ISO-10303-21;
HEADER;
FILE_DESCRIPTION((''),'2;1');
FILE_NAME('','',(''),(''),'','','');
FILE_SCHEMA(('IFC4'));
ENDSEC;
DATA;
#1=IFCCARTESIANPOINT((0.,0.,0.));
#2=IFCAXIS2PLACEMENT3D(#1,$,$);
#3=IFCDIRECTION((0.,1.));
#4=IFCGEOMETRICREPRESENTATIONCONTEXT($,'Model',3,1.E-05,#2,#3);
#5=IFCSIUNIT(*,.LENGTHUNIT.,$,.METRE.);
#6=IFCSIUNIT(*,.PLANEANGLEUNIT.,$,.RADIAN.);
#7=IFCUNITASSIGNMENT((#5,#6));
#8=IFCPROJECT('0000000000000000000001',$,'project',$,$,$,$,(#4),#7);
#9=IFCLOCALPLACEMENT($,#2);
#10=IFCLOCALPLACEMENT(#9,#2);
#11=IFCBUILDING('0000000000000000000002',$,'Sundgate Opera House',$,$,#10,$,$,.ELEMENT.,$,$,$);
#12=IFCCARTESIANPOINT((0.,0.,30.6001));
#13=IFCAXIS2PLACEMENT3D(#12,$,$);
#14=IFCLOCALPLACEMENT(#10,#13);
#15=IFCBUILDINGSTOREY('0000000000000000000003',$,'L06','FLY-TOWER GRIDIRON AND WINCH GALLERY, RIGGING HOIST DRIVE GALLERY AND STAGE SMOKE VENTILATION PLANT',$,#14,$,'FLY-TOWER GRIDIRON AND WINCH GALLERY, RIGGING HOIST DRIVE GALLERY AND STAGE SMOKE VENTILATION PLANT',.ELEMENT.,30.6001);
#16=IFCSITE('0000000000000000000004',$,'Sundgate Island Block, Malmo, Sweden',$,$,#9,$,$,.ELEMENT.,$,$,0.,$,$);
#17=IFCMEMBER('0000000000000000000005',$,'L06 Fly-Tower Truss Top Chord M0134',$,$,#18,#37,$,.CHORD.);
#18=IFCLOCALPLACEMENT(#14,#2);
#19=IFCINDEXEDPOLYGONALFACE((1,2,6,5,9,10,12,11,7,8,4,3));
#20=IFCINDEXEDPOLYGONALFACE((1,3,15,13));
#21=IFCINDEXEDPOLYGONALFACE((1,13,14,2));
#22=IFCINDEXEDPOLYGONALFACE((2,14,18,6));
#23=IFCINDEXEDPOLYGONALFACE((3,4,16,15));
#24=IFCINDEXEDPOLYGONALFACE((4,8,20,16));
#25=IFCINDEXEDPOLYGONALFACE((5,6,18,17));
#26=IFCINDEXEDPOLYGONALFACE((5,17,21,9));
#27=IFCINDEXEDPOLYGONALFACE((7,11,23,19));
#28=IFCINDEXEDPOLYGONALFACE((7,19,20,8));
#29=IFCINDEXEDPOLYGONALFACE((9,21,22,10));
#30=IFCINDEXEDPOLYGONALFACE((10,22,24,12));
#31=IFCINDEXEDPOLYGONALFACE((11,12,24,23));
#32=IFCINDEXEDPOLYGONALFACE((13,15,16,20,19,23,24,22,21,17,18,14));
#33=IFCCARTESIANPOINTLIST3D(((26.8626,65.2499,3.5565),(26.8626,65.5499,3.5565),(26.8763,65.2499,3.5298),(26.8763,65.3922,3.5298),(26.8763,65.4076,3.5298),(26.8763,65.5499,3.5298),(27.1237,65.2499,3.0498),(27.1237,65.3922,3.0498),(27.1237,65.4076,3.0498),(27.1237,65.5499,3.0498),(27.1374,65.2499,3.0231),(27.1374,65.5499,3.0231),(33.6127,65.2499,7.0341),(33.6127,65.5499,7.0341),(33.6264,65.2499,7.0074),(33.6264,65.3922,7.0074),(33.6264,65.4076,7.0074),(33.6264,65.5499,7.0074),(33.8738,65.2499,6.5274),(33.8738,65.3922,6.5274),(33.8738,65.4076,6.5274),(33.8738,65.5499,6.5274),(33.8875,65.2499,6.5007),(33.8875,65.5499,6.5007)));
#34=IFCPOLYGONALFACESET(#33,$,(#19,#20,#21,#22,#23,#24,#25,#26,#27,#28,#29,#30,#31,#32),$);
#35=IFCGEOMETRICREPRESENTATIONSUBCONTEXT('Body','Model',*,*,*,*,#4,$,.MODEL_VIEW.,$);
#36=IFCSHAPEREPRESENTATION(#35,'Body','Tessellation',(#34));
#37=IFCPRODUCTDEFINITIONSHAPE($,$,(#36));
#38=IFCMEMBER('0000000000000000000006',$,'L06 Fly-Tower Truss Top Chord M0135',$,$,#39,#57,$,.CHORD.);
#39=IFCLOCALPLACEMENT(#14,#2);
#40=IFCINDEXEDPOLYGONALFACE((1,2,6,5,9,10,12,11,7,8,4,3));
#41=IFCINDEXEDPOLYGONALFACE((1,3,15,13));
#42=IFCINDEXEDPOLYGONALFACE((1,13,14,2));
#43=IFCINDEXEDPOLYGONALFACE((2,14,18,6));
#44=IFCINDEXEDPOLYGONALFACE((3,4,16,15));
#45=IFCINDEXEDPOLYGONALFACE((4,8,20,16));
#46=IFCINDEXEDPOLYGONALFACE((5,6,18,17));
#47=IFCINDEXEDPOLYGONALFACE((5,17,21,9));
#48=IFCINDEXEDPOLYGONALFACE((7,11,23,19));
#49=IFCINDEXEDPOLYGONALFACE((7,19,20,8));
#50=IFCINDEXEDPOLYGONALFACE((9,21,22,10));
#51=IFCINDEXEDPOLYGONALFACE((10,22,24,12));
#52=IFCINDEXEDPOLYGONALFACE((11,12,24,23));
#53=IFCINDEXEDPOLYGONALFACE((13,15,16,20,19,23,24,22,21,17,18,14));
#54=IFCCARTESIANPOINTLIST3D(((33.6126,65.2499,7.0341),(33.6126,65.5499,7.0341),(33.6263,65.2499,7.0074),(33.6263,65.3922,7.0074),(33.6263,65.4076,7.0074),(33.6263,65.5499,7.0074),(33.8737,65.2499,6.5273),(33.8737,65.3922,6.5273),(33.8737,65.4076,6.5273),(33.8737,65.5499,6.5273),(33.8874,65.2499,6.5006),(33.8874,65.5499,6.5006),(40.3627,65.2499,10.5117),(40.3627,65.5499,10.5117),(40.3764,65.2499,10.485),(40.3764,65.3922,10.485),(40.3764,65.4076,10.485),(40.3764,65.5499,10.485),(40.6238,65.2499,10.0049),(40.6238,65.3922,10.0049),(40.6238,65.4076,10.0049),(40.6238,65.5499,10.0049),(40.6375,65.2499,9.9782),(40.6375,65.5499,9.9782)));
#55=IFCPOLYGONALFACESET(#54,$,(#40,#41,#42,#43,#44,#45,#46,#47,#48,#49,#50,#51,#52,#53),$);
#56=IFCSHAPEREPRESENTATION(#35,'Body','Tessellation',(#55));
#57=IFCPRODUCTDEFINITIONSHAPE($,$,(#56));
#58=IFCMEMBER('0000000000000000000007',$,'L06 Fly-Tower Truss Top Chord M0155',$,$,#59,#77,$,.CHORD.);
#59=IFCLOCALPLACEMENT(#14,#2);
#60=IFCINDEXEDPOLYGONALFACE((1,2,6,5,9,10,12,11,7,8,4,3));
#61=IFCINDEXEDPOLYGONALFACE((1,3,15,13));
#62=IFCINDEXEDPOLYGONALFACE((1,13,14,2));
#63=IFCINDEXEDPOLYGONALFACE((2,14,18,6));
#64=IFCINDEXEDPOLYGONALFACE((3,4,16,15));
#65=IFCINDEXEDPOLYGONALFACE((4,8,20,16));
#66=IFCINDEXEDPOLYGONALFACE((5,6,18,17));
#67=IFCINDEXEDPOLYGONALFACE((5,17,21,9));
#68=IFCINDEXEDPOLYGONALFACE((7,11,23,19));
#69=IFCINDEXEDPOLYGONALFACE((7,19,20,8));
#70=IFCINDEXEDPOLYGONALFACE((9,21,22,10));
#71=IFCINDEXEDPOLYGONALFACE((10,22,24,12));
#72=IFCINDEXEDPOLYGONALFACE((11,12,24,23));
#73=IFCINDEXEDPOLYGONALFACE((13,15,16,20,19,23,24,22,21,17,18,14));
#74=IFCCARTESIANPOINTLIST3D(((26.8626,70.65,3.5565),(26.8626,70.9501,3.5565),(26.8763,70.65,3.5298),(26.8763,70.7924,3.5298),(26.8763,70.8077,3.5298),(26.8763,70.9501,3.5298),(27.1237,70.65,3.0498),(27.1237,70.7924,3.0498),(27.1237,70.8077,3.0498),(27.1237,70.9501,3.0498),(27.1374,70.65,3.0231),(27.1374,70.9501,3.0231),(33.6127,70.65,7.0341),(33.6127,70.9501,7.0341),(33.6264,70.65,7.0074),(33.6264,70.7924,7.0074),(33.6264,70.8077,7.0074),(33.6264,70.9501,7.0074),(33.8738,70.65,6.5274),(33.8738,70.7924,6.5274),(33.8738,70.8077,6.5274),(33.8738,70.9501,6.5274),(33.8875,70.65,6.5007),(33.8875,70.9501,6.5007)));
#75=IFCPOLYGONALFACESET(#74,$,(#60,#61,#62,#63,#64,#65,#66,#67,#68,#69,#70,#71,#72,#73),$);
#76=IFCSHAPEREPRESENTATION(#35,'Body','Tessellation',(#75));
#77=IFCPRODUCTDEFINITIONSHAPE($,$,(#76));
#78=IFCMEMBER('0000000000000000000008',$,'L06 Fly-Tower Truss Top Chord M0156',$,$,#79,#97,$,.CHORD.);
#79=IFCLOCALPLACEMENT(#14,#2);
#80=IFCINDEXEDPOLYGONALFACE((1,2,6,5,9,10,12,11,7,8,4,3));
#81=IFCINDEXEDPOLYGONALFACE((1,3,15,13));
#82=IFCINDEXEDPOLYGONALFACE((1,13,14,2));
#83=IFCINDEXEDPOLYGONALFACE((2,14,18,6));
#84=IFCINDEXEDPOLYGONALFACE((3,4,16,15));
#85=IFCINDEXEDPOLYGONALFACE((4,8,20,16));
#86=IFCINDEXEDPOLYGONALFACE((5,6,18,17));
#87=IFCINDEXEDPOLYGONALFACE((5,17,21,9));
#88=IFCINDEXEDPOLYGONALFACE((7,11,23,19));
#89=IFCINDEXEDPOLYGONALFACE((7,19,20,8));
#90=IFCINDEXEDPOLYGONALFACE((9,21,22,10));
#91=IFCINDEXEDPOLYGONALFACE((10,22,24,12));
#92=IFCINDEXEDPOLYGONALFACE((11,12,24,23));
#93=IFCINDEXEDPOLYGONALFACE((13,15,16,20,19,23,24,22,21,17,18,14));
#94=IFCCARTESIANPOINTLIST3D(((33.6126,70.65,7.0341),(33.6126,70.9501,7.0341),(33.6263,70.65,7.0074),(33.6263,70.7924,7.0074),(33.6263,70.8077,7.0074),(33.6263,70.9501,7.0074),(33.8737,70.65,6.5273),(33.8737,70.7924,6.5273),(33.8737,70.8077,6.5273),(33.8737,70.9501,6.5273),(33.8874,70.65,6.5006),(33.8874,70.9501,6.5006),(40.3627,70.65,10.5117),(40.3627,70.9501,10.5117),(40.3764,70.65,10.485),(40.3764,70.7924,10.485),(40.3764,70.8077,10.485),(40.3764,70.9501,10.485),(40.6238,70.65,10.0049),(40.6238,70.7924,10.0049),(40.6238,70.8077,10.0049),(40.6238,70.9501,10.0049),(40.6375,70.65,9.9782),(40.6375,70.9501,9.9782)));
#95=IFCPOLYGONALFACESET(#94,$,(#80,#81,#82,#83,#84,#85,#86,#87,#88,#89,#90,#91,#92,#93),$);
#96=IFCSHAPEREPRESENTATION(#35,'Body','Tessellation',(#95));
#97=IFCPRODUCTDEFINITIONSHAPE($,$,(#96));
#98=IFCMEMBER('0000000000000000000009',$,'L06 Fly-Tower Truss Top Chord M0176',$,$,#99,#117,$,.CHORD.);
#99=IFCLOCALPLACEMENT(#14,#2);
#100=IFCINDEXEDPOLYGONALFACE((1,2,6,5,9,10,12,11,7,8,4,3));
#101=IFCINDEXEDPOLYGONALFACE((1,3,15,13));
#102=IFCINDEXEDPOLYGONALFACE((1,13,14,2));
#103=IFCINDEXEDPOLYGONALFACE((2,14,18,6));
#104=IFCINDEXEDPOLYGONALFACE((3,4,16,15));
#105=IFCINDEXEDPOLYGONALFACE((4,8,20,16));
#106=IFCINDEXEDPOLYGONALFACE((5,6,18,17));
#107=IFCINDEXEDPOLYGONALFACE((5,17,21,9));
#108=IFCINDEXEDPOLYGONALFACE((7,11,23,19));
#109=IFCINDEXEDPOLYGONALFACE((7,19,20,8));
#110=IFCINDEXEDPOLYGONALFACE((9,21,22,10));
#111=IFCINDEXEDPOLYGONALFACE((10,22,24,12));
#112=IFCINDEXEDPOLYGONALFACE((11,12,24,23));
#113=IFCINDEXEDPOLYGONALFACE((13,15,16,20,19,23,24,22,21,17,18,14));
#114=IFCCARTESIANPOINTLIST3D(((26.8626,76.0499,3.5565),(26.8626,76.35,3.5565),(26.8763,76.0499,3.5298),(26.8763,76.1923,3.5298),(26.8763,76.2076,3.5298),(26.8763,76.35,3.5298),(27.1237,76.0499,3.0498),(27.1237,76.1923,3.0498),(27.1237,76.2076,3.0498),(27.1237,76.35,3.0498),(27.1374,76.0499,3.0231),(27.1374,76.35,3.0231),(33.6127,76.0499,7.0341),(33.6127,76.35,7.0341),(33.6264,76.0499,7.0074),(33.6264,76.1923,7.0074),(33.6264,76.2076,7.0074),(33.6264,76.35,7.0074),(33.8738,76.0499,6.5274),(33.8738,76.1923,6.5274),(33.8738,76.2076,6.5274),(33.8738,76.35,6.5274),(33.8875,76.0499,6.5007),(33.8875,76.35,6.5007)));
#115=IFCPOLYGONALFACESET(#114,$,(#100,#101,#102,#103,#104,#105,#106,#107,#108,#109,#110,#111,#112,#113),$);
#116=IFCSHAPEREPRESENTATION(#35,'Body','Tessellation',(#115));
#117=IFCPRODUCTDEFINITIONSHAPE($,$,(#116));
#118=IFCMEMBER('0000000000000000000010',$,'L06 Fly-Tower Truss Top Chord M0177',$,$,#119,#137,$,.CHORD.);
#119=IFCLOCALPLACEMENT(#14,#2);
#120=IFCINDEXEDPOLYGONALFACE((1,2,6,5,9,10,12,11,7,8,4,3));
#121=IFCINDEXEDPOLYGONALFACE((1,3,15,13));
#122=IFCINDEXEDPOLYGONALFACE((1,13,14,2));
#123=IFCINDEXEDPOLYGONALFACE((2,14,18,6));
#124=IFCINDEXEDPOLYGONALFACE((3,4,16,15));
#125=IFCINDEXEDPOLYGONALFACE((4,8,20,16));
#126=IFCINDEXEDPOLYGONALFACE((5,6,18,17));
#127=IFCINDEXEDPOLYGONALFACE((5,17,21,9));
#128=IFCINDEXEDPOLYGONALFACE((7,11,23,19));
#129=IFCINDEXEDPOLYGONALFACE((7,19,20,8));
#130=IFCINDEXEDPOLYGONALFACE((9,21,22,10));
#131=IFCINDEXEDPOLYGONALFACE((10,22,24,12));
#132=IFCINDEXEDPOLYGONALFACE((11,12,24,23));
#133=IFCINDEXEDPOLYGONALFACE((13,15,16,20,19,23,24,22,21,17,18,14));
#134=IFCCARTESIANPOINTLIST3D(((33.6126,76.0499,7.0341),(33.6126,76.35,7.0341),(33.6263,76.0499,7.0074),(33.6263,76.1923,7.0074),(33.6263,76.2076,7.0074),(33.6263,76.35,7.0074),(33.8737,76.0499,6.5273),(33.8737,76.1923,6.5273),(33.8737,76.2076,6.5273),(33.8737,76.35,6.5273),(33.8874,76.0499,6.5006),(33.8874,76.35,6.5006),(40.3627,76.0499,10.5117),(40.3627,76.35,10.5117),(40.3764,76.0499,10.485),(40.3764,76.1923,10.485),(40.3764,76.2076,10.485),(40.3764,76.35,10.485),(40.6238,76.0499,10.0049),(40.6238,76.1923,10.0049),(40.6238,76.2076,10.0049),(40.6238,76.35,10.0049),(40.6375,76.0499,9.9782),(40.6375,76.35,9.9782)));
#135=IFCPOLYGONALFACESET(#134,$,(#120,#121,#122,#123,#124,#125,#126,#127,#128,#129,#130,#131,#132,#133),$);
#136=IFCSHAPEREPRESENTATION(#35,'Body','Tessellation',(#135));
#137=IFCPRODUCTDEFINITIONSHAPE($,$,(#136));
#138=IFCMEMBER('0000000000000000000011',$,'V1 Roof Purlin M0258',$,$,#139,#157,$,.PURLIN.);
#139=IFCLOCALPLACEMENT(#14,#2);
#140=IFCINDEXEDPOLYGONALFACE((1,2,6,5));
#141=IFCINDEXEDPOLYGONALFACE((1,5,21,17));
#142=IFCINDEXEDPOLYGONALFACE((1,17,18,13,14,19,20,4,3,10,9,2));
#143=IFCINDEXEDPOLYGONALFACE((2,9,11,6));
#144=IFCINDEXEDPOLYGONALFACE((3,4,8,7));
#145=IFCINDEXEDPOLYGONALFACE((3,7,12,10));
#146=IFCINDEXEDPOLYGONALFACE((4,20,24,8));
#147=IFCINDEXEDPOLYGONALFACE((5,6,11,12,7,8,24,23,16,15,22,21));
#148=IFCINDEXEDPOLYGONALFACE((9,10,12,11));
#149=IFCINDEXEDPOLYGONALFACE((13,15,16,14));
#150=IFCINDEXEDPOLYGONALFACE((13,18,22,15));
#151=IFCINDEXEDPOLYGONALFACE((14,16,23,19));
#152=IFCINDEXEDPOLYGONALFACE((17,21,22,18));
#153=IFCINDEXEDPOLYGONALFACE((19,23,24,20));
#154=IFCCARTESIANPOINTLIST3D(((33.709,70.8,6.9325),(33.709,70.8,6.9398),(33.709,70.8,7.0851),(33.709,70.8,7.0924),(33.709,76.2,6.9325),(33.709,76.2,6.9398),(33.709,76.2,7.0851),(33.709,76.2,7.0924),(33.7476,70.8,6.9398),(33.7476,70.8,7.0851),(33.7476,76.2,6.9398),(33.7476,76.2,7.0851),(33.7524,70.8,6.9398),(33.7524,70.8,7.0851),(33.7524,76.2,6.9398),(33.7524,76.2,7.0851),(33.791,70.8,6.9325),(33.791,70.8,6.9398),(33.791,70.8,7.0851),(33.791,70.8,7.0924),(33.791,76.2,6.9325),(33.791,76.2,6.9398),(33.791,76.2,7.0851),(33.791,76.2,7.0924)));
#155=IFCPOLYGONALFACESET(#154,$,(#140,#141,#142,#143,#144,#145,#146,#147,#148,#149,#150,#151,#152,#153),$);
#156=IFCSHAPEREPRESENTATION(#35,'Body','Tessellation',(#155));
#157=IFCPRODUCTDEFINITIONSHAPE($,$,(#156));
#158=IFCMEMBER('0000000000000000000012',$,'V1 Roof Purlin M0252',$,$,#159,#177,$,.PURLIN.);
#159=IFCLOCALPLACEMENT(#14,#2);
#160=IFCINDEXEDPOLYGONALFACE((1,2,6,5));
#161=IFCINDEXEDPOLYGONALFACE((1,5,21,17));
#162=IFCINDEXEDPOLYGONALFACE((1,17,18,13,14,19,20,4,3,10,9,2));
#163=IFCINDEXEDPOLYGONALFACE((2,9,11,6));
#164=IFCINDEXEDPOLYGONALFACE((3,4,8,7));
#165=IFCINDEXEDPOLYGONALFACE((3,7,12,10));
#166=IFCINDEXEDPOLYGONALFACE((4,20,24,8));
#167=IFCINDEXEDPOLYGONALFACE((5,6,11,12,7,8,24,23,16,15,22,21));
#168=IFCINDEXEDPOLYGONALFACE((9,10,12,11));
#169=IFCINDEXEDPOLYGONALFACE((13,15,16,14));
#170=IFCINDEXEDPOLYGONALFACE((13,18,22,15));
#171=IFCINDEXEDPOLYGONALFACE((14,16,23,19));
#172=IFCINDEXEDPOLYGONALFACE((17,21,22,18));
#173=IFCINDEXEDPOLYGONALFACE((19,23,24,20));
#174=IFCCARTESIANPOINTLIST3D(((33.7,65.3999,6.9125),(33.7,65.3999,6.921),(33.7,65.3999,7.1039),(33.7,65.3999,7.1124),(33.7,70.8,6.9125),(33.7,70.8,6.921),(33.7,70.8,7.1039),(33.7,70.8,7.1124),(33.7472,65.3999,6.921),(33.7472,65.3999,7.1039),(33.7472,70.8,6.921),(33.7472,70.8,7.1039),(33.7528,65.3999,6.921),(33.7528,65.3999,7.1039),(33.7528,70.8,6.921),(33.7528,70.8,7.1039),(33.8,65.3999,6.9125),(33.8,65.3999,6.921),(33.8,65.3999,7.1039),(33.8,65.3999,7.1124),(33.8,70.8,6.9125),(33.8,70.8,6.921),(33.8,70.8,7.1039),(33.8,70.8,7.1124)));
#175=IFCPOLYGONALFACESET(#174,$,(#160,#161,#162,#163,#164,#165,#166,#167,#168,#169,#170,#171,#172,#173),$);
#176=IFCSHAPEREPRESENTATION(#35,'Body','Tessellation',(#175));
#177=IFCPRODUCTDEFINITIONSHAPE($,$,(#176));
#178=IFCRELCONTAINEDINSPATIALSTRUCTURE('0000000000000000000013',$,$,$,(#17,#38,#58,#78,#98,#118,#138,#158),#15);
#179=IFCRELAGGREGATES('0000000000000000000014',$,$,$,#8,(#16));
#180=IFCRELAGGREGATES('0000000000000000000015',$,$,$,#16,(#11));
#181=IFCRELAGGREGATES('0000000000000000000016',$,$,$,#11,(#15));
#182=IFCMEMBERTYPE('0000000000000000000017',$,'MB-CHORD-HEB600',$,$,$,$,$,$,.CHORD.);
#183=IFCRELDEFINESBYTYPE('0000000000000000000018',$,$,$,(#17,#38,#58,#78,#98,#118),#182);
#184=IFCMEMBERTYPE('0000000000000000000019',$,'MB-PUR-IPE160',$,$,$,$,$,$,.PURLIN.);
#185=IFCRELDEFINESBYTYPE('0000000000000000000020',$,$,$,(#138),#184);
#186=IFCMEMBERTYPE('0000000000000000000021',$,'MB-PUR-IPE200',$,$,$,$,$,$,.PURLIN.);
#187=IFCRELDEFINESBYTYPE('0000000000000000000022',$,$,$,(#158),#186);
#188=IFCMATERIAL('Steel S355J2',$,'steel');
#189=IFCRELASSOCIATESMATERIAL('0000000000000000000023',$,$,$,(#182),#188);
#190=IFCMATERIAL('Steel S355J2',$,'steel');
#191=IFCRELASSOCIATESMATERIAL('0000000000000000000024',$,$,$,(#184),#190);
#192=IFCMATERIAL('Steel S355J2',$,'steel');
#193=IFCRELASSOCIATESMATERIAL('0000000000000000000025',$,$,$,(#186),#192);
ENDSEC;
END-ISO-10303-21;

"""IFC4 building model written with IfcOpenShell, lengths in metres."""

from ifc_helpers import new_model, si_unit, direction, frame, origin, origin_2d, place, context, subcontext, project, spatial, i_section, extrude, material, material_profile, profile_set, type_object, element, save


model = new_model("IFC4")

# Units and contexts
model_context = context("Model", 3, precision=1e-05, world=origin(), true_north=direction((0.0, 1.0)))
body_context = subcontext(model_context, "Body", "Model", "MODEL_VIEW")
ifc_project = project(units=[si_unit("LENGTHUNIT", "METRE"), si_unit("PLANEANGLEUNIT", "RADIAN")], contexts=[model_context])

# Site, building, storey
site_placement = place(None, origin())
site = spatial("IfcSite", under=ifc_project, at=site_placement, Name="Sundgate Island Block, Malmo, Sweden", CompositionType="ELEMENT", RefElevation=0.0)
building_placement = place(site_placement, origin())
building = spatial("IfcBuilding", under=site, at=building_placement, Name="Sundgate Opera House", CompositionType="ELEMENT")
storey_placement = place(building_placement, frame((0.0, 0.0, 30.6001)))
storey = spatial("IfcBuildingStorey", under=building, at=storey_placement, Name="L06", Description="FLY-TOWER GRIDIRON AND WINCH GALLERY, RIGGING HOIST DRIVE GALLERY AND STAGE SMOKE VENTILATION PLANT", LongName="FLY-TOWER GRIDIRON AND WINCH GALLERY, RIGGING HOIST DRIVE GALLERY AND STAGE SMOKE VENTILATION PLANT", CompositionType="ELEMENT", Elevation=30.6001)

# Members
ifc_material_1 = material(Name="Steel S355J2", Category="steel")
ifc_material_profile_1 = material_profile(ifc_material_1, i_section(OverallWidth=0.3, OverallDepth=0.6001, WebThickness=0.0154, FlangeThickness=0.03, at=origin_2d()), Name="HEB 600")
ifc_profile_set_1 = profile_set([ifc_material_profile_1], Name="Steel S355J2")
member_type_1 = type_object("IfcMemberType", Name="MB-CHORD-HEB600", PredefinedType="CHORD", material=ifc_profile_set_1)
for number, where, z_axis, x_axis, name in (
    (1, (27.0, 65.3999, 3.2898), (0.88896, 0.0, 0.457984), (0.0, 1.0, 0.0), "L06 Fly-Tower Truss Top Chord M0134"),
    (2, (33.75, 65.3999, 6.7673), (0.88896, 0.0, 0.457984), (0.0, 1.0, 0.0), "L06 Fly-Tower Truss Top Chord M0135"),
    (3, (27.0, 70.8, 3.2898), (0.88896, 0.0, 0.457984), (0.0, 1.0, 0.0), "L06 Fly-Tower Truss Top Chord M0155"),
    (4, (33.75, 70.8, 6.7673), (0.88896, 0.0, 0.457984), (0.0, 1.0, 0.0), "L06 Fly-Tower Truss Top Chord M0156"),
    (5, (27.0, 76.2, 3.2898), (0.88896, 0.0, 0.457984), (0.0, 1.0, 0.0), "L06 Fly-Tower Truss Top Chord M0176"),
    (6, (33.75, 76.2, 6.7673), (0.88896, 0.0, 0.457984), (0.0, 1.0, 0.0), "L06 Fly-Tower Truss Top Chord M0177"),
):
    element("IfcMember", number, at=place(storey_placement, frame(where, z_axis=z_axis, x_axis=x_axis)), inside=storey, type_object=member_type_1, Name=name, PredefinedType="CHORD", context=body_context, shape_type="SweptSolid", body=[
        extrude(i_section(OverallWidth=0.3, OverallDepth=0.6001, WebThickness=0.0154, FlangeThickness=0.03, at=origin_2d()), origin(), (0.0, 0.0, 1.0), 7.5933),
    ])
ifc_material_2 = material(Name="Steel S355J2", Category="steel")
ifc_material_profile_2 = material_profile(ifc_material_2, i_section(OverallWidth=0.082, OverallDepth=0.1599, WebThickness=0.0049, FlangeThickness=0.0073, at=origin_2d()), Name="IPE 160")
ifc_profile_set_2 = profile_set([ifc_material_profile_2], Name="Steel S355J2")
member_type_2 = type_object("IfcMemberType", Name="MB-PUR-IPE160", PredefinedType="PURLIN", material=ifc_profile_set_2)
member_1_placement = place(storey_placement, frame((33.75, 70.8, 7.0125), z_axis=(0.0, 1.0, 0.0), x_axis=(-1.0, 0.0, 0.0)))
element("IfcMember", 7, at=member_1_placement, inside=storey, type_object=member_type_2, Name="V1 Roof Purlin M0258", PredefinedType="PURLIN", context=body_context, shape_type="SweptSolid", body=[
    extrude(i_section(OverallWidth=0.082, OverallDepth=0.1599, WebThickness=0.0049, FlangeThickness=0.0073, at=origin_2d()), origin(), (0.0, 0.0, 1.0), 5.3999),
])
ifc_material_3 = material(Name="Steel S355J2", Category="steel")
ifc_material_profile_3 = material_profile(ifc_material_3, i_section(OverallWidth=0.1001, OverallDepth=0.2, WebThickness=0.0056, FlangeThickness=0.0085, at=origin_2d()), Name="IPE 200")
ifc_profile_set_3 = profile_set([ifc_material_profile_3], Name="Steel S355J2")
member_type_3 = type_object("IfcMemberType", Name="MB-PUR-IPE200", PredefinedType="PURLIN", material=ifc_profile_set_3)
member_2_placement = place(storey_placement, frame((33.75, 65.3999, 7.0125), z_axis=(0.0, 1.0, 0.0), x_axis=(-1.0, 0.0, 0.0)))
element("IfcMember", 8, at=member_2_placement, inside=storey, type_object=member_type_3, Name="V1 Roof Purlin M0252", PredefinedType="PURLIN", context=body_context, shape_type="SweptSolid", body=[
    extrude(i_section(OverallWidth=0.1001, OverallDepth=0.2, WebThickness=0.0056, FlangeThickness=0.0085, at=origin_2d()), origin(), (0.0, 0.0, 1.0), 5.4001),
])

save(model, "model.ifc")
